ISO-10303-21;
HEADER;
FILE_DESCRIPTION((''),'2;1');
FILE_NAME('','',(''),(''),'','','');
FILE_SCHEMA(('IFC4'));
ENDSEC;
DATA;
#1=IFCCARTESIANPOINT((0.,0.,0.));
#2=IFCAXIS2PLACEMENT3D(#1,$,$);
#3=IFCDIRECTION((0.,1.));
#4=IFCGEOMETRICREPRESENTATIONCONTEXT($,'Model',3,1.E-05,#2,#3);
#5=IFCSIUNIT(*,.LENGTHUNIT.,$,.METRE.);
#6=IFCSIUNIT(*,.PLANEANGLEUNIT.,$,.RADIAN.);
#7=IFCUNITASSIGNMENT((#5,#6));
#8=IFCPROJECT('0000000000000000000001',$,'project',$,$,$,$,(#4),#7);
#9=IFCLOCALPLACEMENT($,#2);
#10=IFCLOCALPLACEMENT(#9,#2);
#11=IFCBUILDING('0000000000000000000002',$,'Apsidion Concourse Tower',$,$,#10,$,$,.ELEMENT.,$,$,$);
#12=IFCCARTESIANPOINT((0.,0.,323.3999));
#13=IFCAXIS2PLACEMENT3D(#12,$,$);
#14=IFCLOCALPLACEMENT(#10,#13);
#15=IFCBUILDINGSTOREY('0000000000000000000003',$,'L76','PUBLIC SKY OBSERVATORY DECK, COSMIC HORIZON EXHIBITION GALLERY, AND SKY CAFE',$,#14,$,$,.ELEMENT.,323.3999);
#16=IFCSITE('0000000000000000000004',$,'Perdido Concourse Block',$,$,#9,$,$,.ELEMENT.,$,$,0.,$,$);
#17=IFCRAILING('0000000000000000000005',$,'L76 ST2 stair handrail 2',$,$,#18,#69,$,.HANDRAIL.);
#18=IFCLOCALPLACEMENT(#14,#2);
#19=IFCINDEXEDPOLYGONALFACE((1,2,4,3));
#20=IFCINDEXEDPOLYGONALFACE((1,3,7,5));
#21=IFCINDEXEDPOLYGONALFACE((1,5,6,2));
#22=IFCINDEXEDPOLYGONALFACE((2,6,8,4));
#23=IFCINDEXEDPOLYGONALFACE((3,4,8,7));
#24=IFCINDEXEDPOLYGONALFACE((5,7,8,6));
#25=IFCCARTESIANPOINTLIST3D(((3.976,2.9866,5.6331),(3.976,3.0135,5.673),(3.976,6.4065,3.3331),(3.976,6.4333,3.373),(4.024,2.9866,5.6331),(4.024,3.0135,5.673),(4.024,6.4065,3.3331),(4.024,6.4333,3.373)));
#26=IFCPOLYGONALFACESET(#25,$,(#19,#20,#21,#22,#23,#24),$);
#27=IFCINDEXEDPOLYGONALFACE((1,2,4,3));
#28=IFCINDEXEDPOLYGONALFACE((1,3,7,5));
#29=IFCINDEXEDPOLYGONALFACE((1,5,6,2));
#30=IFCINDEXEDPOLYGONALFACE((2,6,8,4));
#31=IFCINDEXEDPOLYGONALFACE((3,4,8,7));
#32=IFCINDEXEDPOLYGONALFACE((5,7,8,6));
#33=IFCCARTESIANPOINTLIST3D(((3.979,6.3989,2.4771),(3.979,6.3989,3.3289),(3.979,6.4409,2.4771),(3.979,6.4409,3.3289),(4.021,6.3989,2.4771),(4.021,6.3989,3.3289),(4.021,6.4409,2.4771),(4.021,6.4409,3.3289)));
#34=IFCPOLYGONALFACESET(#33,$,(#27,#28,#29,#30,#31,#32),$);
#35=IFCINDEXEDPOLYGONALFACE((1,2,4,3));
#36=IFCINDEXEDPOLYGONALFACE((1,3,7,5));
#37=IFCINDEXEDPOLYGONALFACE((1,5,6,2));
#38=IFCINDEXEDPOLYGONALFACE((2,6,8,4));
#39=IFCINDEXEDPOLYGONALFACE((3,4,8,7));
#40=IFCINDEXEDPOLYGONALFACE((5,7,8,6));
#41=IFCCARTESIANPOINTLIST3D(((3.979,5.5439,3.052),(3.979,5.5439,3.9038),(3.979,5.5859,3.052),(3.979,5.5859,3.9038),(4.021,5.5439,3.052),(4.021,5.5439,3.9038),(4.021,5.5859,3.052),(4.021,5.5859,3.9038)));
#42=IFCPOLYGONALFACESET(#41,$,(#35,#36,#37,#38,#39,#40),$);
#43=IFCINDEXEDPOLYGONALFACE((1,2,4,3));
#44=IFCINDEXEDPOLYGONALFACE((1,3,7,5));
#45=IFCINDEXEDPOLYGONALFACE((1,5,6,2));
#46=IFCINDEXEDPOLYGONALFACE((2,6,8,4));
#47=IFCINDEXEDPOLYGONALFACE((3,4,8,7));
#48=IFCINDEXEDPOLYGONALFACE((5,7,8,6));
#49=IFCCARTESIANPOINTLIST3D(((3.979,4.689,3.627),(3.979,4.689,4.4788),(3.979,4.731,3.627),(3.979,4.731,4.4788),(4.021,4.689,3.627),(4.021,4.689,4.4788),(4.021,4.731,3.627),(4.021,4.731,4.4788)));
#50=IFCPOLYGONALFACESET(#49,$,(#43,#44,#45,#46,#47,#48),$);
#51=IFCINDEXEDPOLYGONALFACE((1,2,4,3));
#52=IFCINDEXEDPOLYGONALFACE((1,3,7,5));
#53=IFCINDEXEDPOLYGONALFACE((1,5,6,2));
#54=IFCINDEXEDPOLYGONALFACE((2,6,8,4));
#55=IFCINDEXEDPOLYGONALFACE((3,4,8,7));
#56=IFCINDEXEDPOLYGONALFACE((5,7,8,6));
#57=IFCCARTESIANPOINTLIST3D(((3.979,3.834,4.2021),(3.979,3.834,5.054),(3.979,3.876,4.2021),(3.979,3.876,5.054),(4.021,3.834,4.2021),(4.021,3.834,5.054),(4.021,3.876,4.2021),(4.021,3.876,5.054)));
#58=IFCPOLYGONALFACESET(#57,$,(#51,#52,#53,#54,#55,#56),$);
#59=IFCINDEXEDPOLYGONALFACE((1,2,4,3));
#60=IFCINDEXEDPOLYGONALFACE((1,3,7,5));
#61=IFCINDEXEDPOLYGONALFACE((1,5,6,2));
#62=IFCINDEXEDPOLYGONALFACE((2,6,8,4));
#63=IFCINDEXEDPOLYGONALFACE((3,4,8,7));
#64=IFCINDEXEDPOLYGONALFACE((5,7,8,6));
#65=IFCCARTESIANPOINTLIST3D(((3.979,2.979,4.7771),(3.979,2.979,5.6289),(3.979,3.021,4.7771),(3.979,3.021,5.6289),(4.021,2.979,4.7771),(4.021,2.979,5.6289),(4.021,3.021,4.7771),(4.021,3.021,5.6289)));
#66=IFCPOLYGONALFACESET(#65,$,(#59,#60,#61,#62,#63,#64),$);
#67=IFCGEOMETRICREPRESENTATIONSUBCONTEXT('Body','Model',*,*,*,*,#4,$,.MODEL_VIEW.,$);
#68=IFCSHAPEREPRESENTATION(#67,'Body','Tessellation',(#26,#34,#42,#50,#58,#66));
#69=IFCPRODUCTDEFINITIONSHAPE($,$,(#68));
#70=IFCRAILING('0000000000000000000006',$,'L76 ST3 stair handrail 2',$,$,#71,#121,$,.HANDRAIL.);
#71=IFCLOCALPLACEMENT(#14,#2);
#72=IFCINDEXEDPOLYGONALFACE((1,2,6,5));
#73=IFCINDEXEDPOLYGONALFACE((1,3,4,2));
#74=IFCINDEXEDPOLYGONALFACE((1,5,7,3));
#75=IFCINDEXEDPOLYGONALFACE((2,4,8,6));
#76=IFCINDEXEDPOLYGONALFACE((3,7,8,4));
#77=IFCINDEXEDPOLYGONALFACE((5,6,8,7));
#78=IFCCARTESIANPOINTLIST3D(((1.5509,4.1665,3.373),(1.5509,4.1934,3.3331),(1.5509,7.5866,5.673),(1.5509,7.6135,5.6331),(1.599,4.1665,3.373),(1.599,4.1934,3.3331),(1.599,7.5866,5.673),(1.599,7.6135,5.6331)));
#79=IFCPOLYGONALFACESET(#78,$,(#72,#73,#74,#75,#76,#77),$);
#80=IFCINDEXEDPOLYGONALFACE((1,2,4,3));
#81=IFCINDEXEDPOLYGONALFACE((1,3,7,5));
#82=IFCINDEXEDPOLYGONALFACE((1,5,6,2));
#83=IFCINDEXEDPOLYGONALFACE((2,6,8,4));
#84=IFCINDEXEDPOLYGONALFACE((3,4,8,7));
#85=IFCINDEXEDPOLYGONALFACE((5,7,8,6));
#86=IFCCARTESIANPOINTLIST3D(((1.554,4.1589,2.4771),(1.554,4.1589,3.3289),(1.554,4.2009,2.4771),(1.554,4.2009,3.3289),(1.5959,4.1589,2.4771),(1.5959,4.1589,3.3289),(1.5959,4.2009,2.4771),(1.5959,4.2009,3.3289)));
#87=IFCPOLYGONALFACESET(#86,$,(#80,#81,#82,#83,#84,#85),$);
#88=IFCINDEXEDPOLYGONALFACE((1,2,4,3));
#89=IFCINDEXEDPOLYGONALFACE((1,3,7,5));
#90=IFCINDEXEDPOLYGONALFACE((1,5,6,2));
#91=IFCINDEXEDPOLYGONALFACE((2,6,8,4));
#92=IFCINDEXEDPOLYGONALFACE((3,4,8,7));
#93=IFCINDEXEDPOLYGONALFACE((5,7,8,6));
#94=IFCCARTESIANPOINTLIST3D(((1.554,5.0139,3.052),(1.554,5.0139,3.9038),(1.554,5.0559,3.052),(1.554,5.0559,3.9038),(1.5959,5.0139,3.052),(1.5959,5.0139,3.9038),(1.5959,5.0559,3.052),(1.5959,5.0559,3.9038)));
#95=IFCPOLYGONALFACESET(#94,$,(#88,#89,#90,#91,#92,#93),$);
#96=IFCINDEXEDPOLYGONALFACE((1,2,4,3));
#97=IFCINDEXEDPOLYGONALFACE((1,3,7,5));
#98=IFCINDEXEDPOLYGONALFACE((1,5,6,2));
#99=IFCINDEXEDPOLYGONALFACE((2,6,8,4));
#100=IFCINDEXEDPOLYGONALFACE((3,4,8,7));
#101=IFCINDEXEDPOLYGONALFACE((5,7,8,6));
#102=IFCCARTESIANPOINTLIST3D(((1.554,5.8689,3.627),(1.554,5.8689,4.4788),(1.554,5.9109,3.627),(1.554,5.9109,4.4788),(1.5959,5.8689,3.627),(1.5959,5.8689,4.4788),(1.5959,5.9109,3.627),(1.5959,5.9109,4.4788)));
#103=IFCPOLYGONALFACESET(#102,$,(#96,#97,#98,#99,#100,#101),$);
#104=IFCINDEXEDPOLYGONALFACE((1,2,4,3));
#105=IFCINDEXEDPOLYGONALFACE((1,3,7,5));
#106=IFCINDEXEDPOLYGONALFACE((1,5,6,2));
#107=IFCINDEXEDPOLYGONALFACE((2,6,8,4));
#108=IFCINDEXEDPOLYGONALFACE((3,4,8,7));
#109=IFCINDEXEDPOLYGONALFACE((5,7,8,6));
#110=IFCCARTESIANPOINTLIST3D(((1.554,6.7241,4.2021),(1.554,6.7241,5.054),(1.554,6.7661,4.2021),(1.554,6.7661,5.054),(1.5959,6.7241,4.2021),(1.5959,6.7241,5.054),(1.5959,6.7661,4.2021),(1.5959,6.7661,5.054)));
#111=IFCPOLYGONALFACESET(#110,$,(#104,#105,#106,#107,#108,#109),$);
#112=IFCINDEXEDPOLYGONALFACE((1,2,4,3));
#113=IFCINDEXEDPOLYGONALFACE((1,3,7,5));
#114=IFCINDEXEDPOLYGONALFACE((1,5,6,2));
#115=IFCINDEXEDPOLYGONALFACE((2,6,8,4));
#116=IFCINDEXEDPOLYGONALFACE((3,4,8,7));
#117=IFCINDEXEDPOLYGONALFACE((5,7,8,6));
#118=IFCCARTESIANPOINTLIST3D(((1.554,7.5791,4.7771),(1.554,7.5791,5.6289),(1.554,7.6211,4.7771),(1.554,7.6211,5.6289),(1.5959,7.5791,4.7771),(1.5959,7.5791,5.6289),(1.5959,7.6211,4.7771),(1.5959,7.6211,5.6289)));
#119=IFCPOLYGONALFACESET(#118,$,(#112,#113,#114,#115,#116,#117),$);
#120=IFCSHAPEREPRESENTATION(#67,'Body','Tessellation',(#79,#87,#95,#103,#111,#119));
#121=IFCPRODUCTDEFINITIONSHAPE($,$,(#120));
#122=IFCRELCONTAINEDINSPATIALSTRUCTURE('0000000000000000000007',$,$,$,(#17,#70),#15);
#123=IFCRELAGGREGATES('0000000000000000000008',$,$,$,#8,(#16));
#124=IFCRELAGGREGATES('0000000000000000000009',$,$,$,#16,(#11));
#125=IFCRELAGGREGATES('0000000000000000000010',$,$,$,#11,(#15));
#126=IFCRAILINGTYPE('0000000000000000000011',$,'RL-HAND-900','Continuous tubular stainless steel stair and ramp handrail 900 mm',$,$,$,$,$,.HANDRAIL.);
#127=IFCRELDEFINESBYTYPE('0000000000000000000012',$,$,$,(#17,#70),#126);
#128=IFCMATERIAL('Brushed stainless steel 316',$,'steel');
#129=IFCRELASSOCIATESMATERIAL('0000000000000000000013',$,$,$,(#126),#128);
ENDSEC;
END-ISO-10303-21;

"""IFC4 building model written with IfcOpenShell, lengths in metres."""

from ifc_helpers import new_model, si_unit, direction, frame, origin, origin_2d, place, context, subcontext, project, spatial, rectangle, extrude, material, type_object, element, save


model = new_model("IFC4")

# Units and contexts
model_context = context("Model", 3, precision=1e-05, world=origin(), true_north=direction((0.0, 1.0)))
body_context = subcontext(model_context, "Body", "Model", "MODEL_VIEW")
ifc_project = project(units=[si_unit("LENGTHUNIT", "METRE"), si_unit("PLANEANGLEUNIT", "RADIAN")], contexts=[model_context])

# Site, building, storey
site_placement = place(None, origin())
site = spatial("IfcSite", under=ifc_project, at=site_placement, Name="Perdido Concourse Block", CompositionType="ELEMENT", RefElevation=0.0)
building_placement = place(site_placement, origin())
building = spatial("IfcBuilding", under=site, at=building_placement, Name="Apsidion Concourse Tower", CompositionType="ELEMENT")
storey_placement = place(building_placement, frame((0.0, 0.0, 323.3999)))
storey = spatial("IfcBuildingStorey", under=building, at=storey_placement, Name="L76", Description="PUBLIC SKY OBSERVATORY DECK, COSMIC HORIZON EXHIBITION GALLERY, AND SKY CAFE", CompositionType="ELEMENT", Elevation=323.3999)

# Railings
ifc_material_1 = material(Name="Brushed stainless steel 316", Category="steel")
railing_type_1 = type_object("IfcRailingType", Name="RL-HAND-900", Description="Continuous tubular stainless steel stair and ramp handrail 900 mm", PredefinedType="HANDRAIL", material=ifc_material_1)
railing_1_placement = place(storey_placement, frame((4.0, 6.4199, 2.4771)))
element("IfcRailing", 1, at=railing_1_placement, inside=storey, type_object=railing_type_1, Name="L76 ST2 stair handrail 2", PredefinedType="HANDRAIL", context=body_context, shape_type="SweptSolid", body=[
    extrude(rectangle(XDim=0.0481, YDim=0.0481, at=origin_2d()), frame((0.0, 0.0, 0.876), z_axis=(0.0, -0.829792, 0.558072), x_axis=(1.0, 0.0, 0.0)), (0.0, 0.0, 1.0), 4.1213),
    extrude(rectangle(XDim=0.042, YDim=0.042, at=origin_2d()), origin(), (0.0, 0.0, 1.0), 0.8518),
    extrude(rectangle(XDim=0.042, YDim=0.042, at=origin_2d()), frame((0.0, -0.855, 0.575)), (0.0, 0.0, 1.0), 0.8518),
    extrude(rectangle(XDim=0.042, YDim=0.042, at=origin_2d()), frame((0.0, -1.71, 1.1499)), (0.0, 0.0, 1.0), 0.8518),
    extrude(rectangle(XDim=0.042, YDim=0.042, at=origin_2d()), frame((0.0, -2.5649, 1.7251)), (0.0, 0.0, 1.0), 0.8518),
    extrude(rectangle(XDim=0.042, YDim=0.042, at=origin_2d()), frame((0.0, -3.4199, 2.3)), (0.0, 0.0, 1.0), 0.8518),
])
railing_2_placement = place(storey_placement, frame((1.575, 4.1799, 2.4771)))
element("IfcRailing", 2, at=railing_2_placement, inside=storey, type_object=railing_type_1, Name="L76 ST3 stair handrail 2", PredefinedType="HANDRAIL", context=body_context, shape_type="SweptSolid", body=[
    extrude(rectangle(XDim=0.0481, YDim=0.0481, at=origin_2d()), frame((0.0, 0.0, 0.876), z_axis=(0.0, 0.829811, 0.558045), x_axis=(-1.0, 0.0, 0.0)), (0.0, 0.0, 1.0), 4.1216),
    extrude(rectangle(XDim=0.042, YDim=0.042, at=origin_2d()), origin(), (0.0, 0.0, 1.0), 0.8518),
    extrude(rectangle(XDim=0.042, YDim=0.042, at=origin_2d()), frame((0.0, 0.855, 0.575)), (0.0, 0.0, 1.0), 0.8518),
    extrude(rectangle(XDim=0.042, YDim=0.042, at=origin_2d()), frame((0.0, 1.71, 1.1499)), (0.0, 0.0, 1.0), 0.8518),
    extrude(rectangle(XDim=0.042, YDim=0.042, at=origin_2d()), frame((0.0, 2.5652, 1.7251)), (0.0, 0.0, 1.0), 0.8518),
    extrude(rectangle(XDim=0.042, YDim=0.042, at=origin_2d()), frame((0.0, 3.4202, 2.3)), (0.0, 0.0, 1.0), 0.8518),
])

save(model, "model.ifc")
